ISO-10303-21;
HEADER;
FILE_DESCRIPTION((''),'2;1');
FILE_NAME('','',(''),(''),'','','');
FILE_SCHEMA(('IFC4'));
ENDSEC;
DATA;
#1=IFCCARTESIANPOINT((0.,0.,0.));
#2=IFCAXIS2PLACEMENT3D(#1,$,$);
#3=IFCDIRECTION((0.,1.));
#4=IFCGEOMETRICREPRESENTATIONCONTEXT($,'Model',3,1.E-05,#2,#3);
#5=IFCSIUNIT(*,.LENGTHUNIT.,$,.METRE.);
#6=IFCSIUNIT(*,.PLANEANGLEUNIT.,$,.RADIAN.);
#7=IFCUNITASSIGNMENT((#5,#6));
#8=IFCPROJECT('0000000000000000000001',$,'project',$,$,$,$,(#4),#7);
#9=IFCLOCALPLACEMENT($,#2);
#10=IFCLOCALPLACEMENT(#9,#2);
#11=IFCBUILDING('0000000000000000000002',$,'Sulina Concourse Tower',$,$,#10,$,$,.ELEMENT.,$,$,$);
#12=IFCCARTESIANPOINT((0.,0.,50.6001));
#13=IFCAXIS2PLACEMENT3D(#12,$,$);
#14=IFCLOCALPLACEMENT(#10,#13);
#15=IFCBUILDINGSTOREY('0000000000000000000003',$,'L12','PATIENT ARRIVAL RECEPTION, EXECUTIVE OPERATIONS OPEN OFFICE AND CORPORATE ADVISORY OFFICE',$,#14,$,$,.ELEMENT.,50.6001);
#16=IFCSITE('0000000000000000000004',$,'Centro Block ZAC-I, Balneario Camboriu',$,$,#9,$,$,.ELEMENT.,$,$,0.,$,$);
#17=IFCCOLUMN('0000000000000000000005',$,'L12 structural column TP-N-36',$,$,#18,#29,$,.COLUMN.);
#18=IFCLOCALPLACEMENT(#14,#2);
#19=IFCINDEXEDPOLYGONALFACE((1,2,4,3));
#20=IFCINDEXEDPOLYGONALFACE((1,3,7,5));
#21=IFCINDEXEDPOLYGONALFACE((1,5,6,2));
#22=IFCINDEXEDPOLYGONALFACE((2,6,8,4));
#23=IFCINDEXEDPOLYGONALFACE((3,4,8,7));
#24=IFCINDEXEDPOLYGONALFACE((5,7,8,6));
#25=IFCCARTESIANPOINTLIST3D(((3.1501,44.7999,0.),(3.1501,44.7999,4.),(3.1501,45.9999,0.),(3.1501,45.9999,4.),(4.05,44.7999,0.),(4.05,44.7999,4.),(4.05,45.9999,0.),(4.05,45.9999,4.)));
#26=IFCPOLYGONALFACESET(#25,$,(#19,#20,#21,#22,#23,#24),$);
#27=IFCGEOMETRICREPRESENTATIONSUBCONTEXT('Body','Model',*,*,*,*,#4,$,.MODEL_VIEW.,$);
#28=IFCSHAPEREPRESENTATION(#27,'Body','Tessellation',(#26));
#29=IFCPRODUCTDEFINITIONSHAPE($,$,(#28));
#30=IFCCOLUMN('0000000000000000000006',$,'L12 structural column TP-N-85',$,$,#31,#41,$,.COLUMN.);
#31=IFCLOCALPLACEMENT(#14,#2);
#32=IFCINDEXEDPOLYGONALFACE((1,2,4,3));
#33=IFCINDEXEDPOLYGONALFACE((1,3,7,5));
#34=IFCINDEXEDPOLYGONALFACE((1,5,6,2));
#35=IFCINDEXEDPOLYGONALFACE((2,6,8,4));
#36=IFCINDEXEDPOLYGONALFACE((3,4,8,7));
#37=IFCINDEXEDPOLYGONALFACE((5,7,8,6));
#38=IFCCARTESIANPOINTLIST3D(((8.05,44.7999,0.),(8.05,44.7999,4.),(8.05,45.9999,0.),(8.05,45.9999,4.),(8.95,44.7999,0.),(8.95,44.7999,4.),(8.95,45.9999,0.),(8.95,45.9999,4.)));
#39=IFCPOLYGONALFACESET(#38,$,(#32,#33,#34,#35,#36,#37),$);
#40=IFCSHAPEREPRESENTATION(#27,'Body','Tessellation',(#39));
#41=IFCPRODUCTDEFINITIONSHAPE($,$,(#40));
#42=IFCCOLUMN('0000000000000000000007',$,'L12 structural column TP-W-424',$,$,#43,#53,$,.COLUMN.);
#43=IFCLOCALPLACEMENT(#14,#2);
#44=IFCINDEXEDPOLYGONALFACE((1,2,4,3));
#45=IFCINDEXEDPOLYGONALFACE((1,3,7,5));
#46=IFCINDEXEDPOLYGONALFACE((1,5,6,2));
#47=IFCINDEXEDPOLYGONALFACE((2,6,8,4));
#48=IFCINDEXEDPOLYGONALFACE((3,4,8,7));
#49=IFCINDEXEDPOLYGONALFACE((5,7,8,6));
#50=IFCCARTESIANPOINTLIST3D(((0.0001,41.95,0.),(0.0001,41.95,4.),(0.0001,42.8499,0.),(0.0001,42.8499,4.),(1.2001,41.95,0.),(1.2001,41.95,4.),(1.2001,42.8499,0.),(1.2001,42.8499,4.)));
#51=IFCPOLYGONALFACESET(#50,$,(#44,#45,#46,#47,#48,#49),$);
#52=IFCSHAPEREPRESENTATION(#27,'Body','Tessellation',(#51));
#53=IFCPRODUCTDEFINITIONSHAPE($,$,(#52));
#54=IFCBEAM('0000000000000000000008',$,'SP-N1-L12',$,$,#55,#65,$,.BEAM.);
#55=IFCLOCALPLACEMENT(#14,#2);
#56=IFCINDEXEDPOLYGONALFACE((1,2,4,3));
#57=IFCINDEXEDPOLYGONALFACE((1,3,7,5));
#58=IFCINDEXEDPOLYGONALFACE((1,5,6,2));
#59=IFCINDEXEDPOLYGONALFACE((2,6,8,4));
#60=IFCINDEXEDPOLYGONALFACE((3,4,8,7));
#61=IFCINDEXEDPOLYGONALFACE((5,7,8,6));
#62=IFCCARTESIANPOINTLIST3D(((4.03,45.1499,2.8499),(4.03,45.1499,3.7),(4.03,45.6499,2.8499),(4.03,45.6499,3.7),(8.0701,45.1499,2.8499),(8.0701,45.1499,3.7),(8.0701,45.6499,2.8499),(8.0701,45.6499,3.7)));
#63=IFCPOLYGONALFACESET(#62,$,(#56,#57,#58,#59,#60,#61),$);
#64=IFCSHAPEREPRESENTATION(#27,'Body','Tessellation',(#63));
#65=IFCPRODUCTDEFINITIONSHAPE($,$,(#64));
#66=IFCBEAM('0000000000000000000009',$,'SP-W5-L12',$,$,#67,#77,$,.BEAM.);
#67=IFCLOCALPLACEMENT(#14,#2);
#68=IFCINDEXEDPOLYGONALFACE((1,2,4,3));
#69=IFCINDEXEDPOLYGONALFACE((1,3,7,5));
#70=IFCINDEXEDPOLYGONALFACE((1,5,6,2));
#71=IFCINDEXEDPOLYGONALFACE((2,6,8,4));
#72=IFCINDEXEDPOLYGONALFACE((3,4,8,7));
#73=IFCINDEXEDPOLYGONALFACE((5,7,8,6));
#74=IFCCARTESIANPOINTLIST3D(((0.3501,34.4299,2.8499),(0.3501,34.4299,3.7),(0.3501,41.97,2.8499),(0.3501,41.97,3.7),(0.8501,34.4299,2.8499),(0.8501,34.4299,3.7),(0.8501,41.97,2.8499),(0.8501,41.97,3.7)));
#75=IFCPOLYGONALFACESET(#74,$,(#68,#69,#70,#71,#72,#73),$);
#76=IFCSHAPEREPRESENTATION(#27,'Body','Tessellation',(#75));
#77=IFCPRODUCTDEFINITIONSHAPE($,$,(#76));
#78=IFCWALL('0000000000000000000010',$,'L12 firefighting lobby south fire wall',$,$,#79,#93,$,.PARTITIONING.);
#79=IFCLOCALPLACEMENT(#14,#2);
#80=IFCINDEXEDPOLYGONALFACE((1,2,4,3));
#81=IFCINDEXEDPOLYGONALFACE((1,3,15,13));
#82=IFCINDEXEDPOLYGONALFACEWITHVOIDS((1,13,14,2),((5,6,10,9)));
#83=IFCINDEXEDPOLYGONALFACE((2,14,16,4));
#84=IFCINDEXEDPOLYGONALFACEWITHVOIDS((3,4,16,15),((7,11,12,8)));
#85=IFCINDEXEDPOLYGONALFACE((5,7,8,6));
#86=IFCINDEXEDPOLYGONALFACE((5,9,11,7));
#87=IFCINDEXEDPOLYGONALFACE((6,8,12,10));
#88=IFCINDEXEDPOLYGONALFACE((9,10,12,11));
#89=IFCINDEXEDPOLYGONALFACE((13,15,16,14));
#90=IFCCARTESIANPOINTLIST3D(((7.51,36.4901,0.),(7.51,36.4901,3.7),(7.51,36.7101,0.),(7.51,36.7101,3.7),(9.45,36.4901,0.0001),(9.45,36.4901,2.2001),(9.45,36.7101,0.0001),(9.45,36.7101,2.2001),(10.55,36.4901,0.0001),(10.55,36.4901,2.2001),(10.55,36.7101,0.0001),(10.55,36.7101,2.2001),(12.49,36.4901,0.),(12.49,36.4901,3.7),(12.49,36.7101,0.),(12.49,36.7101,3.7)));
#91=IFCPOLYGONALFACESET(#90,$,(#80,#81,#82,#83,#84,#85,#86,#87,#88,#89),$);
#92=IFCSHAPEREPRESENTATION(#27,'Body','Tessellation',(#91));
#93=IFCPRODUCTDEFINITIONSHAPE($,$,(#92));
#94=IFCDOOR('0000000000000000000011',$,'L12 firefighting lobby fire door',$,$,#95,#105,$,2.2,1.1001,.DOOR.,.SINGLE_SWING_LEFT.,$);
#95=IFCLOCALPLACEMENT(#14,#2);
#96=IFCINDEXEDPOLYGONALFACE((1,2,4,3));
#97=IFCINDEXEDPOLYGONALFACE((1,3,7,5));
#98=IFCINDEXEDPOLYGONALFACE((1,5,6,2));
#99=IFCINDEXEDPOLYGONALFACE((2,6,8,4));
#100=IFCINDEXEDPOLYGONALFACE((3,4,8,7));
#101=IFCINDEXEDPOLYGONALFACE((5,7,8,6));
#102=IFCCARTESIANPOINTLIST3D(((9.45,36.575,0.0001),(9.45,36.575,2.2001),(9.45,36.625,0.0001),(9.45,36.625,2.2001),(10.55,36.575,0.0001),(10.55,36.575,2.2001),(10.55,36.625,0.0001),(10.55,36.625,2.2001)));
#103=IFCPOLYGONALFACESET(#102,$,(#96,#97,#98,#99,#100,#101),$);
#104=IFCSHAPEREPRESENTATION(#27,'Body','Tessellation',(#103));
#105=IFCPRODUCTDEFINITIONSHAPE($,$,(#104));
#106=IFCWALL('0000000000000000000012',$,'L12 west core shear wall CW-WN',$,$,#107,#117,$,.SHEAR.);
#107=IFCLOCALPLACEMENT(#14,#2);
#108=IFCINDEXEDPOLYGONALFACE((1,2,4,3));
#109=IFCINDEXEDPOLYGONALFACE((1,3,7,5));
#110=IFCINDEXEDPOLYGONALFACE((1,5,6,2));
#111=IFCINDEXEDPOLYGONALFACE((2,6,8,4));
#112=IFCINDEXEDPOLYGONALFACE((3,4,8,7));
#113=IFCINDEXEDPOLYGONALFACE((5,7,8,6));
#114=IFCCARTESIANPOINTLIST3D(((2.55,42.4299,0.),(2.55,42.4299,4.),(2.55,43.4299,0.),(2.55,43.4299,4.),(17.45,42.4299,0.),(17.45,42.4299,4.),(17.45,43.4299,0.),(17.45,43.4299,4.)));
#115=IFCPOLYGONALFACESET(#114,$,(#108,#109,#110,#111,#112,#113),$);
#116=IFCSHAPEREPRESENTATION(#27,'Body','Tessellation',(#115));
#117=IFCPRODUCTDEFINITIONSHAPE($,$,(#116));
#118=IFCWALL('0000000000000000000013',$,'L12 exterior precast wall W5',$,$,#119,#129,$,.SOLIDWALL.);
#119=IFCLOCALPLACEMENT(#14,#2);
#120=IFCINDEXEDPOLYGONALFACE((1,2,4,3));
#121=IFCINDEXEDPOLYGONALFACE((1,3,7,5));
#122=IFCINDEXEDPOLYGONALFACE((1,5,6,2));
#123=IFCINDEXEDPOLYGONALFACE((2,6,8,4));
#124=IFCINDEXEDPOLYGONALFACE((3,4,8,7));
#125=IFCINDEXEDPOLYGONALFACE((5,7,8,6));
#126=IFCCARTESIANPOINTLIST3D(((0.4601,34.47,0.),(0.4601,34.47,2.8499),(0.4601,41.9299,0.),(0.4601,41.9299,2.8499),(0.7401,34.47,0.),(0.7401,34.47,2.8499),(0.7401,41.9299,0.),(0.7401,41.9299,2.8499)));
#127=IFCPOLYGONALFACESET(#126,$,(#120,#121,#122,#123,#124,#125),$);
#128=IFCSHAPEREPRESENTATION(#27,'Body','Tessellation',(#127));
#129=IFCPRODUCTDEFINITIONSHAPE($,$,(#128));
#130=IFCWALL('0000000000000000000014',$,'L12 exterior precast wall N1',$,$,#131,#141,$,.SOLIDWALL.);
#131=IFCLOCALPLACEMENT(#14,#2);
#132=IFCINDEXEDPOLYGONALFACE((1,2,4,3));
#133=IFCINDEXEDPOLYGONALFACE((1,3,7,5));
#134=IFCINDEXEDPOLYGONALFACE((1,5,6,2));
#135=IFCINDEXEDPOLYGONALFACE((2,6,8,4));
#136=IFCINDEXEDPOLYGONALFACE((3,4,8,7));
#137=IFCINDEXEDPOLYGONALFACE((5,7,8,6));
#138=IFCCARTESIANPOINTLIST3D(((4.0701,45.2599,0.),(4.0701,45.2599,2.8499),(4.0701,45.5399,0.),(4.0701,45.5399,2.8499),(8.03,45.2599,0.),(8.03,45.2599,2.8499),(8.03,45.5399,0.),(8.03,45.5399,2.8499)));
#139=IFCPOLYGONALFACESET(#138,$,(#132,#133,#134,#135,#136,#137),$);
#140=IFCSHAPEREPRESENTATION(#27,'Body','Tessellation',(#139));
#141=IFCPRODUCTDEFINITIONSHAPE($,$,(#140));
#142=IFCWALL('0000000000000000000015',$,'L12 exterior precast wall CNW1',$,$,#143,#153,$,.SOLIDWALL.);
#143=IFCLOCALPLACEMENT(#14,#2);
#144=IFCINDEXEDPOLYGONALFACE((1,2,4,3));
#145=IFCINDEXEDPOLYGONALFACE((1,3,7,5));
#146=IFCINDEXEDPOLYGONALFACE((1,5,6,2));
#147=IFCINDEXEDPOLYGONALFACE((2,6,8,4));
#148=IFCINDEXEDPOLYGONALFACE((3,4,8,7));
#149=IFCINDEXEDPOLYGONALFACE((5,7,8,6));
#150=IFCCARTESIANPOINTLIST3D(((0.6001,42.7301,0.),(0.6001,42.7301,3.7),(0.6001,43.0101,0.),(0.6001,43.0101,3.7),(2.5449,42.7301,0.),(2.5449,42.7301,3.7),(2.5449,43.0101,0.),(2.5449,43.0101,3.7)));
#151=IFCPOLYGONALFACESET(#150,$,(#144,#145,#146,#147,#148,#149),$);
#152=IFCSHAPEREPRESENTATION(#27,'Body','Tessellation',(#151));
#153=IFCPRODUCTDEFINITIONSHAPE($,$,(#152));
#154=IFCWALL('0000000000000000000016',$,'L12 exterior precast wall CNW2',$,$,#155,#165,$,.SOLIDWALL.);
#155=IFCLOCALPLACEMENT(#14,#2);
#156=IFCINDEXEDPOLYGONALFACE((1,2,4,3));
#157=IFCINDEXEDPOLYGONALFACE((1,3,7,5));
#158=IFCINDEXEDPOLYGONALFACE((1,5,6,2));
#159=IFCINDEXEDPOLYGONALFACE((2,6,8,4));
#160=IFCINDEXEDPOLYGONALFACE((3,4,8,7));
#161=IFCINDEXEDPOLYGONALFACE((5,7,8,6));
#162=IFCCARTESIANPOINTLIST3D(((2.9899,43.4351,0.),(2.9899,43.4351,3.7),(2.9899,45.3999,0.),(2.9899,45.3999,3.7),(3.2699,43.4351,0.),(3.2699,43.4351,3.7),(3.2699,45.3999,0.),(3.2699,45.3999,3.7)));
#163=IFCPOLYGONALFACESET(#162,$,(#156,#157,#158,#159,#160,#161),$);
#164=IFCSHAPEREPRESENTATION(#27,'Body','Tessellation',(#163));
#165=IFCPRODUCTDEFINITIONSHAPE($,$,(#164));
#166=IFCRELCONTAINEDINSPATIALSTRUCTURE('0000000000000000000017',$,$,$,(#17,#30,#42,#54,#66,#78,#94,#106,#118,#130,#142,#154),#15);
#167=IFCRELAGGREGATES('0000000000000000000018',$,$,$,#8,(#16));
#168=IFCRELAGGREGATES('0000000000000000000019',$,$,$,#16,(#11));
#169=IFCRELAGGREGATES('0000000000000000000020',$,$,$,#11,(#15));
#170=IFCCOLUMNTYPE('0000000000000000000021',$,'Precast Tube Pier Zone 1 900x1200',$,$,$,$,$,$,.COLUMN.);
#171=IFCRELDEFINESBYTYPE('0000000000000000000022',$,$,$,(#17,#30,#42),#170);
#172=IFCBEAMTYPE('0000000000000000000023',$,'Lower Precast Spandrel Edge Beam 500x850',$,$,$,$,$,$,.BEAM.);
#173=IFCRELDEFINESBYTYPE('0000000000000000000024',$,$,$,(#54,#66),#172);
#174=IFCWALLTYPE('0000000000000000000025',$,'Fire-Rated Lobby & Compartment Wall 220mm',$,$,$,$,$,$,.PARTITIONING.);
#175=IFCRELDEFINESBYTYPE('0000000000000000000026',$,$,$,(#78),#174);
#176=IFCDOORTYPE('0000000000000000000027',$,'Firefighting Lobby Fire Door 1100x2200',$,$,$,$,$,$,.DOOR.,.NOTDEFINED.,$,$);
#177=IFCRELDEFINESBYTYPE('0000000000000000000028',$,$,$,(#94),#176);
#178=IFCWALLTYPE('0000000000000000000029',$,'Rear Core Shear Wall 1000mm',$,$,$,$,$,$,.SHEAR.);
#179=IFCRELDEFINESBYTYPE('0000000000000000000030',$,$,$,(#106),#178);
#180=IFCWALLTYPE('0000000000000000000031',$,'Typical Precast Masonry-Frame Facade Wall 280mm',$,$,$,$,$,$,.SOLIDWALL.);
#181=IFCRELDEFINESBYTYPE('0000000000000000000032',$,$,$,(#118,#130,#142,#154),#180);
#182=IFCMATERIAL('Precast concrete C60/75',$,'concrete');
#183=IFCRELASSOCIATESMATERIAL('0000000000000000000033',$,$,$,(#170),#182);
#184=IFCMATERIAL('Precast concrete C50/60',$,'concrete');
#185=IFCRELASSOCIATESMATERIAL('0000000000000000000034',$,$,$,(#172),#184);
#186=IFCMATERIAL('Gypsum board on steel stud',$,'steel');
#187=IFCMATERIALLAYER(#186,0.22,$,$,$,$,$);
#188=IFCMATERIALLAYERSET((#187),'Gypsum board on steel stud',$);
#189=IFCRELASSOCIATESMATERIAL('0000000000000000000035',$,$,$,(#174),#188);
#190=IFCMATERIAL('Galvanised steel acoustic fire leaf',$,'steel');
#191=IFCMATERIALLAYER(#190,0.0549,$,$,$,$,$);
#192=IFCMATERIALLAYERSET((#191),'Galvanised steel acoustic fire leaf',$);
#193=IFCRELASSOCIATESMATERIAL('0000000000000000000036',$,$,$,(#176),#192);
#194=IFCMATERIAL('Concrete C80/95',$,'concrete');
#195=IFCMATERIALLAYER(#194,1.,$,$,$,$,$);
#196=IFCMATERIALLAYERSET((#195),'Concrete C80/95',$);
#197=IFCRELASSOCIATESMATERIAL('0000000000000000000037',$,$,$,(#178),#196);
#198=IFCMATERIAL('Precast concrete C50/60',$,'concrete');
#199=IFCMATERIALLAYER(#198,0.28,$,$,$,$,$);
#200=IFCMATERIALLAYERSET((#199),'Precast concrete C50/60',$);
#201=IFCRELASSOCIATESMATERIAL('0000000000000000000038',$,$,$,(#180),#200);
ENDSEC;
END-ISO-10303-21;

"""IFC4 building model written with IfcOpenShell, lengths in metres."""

from ifc_helpers import new_model, si_unit, direction, frame, frame_2d, origin, origin_2d, place, context, subcontext, project, spatial, rectangle, extrude, material, layer, layer_set, material_profile, profile_set, type_object, element, fill, save


model = new_model("IFC4")

# Units and contexts
model_context = context("Model", 3, precision=1e-05, world=origin(), true_north=direction((0.0, 1.0)))
body_context = subcontext(model_context, "Body", "Model", "MODEL_VIEW")
ifc_project = project(units=[si_unit("LENGTHUNIT", "METRE"), si_unit("PLANEANGLEUNIT", "RADIAN")], contexts=[model_context])

# Site, building, storey
site_placement = place(None, origin())
site = spatial("IfcSite", under=ifc_project, at=site_placement, Name="Centro Block ZAC-I, Balneario Camboriu", CompositionType="ELEMENT", RefElevation=0.0)
building_placement = place(site_placement, origin())
building = spatial("IfcBuilding", under=site, at=building_placement, Name="Sulina Concourse Tower", CompositionType="ELEMENT")
storey_placement = place(building_placement, frame((0.0, 0.0, 50.6001)))
storey = spatial("IfcBuildingStorey", under=building, at=storey_placement, Name="L12", Description="PATIENT ARRIVAL RECEPTION, EXECUTIVE OPERATIONS OPEN OFFICE AND CORPORATE ADVISORY OFFICE", CompositionType="ELEMENT", Elevation=50.6001)

# Columns
ifc_material_1 = material(Name="Precast concrete C60/75", Category="concrete")
ifc_material_profile_1 = material_profile(ifc_material_1, rectangle(XDim=0.8999, YDim=1.2, at=origin_2d()), Name="PC 900x1200")
ifc_profile_set_1 = profile_set([ifc_material_profile_1], Name="Precast concrete C60/75")
column_type = type_object("IfcColumnType", Name="Precast Tube Pier Zone 1 900x1200", PredefinedType="COLUMN", material=ifc_profile_set_1)
for number, where, z_axis, x_axis, name in (
    (1, (3.6001, 45.3999, 0.0), (0.0, 0.0, 1.0), (1.0, 0.0, 0.0), "L12 structural column TP-N-36"),
    (2, (8.5, 45.3999, 0.0), (0.0, 0.0, 1.0), (1.0, 0.0, 0.0), "L12 structural column TP-N-85"),
    (3, (0.6001, 42.3999, 0.0), (0.0, 0.0, 1.0), (0.0, 1.0, 0.0), "L12 structural column TP-W-424"),
):
    element("IfcColumn", number, at=place(storey_placement, frame(where, z_axis=z_axis, x_axis=x_axis)), inside=storey, type_object=column_type, Name=name, PredefinedType="COLUMN", context=body_context, shape_type="SweptSolid", body=[
        extrude(rectangle(XDim=0.8999, YDim=1.2, at=origin_2d()), origin(), (0.0, 0.0, 1.0), 4.0),
    ])

# Beams
ifc_material_2 = material(Name="Precast concrete C50/60", Category="concrete")
ifc_material_profile_2 = material_profile(ifc_material_2, rectangle(XDim=0.5, YDim=0.8501, at=origin_2d()), Name="RC 500x850")
ifc_profile_set_2 = profile_set([ifc_material_profile_2], Name="Precast concrete C50/60")
beam_type = type_object("IfcBeamType", Name="Lower Precast Spandrel Edge Beam 500x850", PredefinedType="BEAM", material=ifc_profile_set_2)
beam_1_placement = place(storey_placement, frame((4.03, 45.3999, 3.2749), z_axis=(1.0, 0.0, 0.0), x_axis=(0.0, 1.0, 0.0)))
element("IfcBeam", 4, at=beam_1_placement, inside=storey, type_object=beam_type, Name="SP-N1-L12", PredefinedType="BEAM", context=body_context, shape_type="SweptSolid", body=[
    extrude(rectangle(XDim=0.5, YDim=0.8501, at=origin_2d()), origin(), (0.0, 0.0, 1.0), 4.04),
])
beam_2_placement = place(storey_placement, frame((0.6001, 34.4299, 3.2749), z_axis=(0.0, 1.0, 0.0), x_axis=(-1.0, 0.0, 0.0)))
element("IfcBeam", 5, at=beam_2_placement, inside=storey, type_object=beam_type, Name="SP-W5-L12", PredefinedType="BEAM", context=body_context, shape_type="SweptSolid", body=[
    extrude(rectangle(XDim=0.5, YDim=0.8501, at=origin_2d()), origin(), (0.0, 0.0, 1.0), 7.54),
])

# Wall, opening, door
ifc_material_3 = material(Name="Gypsum board on steel stud", Category="steel")
ifc_layer_1 = layer(ifc_material_3, 0.22)
ifc_layer_set_1 = layer_set([ifc_layer_1], Name="Gypsum board on steel stud")
wall_type_1 = type_object("IfcWallType", Name="Fire-Rated Lobby & Compartment Wall 220mm", PredefinedType="PARTITIONING", material=ifc_layer_set_1)
wall_1_placement = place(storey_placement, frame((7.51, 36.6001, 0.0), z_axis=(0.0, 0.0, 1.0), x_axis=(1.0, 0.0, 0.0)))
wall_1 = element("IfcWall", 6, at=wall_1_placement, inside=storey, type_object=wall_type_1, Name="L12 firefighting lobby south fire wall", PredefinedType="PARTITIONING", context=body_context, shape_type="SweptSolid", body=[
    extrude(rectangle(XDim=4.98, YDim=0.22, at=frame_2d((2.49, 0.0))), origin(), (0.0, 0.0, 1.0), 3.7),
])
opening_placement = place(wall_1_placement, frame((1.9399, 0.0, 0.0)))
opening = element("IfcOpeningElement", 7, at=opening_placement, cuts=wall_1, PredefinedType="OPENING", context=body_context, shape_type="SweptSolid", body=[
    extrude(rectangle(XDim=1.1001, YDim=2.2, at=frame_2d((0.55, 1.1001))), frame((0.0, 0.1199, 0.0), z_axis=(0.0, -1.0, 0.0), x_axis=(1.0, 0.0, 0.0)), (0.0, 0.0, 1.0), 0.24),
])
ifc_material_4 = material(Name="Galvanised steel acoustic fire leaf", Category="steel")
ifc_layer_2 = layer(ifc_material_4, 0.0549)
ifc_layer_set_2 = layer_set([ifc_layer_2], Name="Galvanised steel acoustic fire leaf")
door_type = type_object("IfcDoorType", Name="Firefighting Lobby Fire Door 1100x2200", OperationType="NOTDEFINED", PredefinedType="DOOR", material=ifc_layer_set_2)
door_placement = place(opening_placement, origin())
door = element("IfcDoor", 8, at=door_placement, inside=storey, type_object=door_type, Name="L12 firefighting lobby fire door", OperationType="SINGLE_SWING_LEFT", OverallHeight=2.2, OverallWidth=1.1001, PredefinedType="DOOR", context=body_context, shape_type="SweptSolid", body=[
    extrude(rectangle(XDim=1.1001, YDim=2.2, at=frame_2d((0.55, 1.1001))), frame((0.0, 0.0249, 0.0), z_axis=(0.0, -1.0, 0.0), x_axis=(1.0, 0.0, 0.0)), (0.0, 0.0, 1.0), 0.05),
])
fill(opening, door)

# Walls
ifc_material_5 = material(Name="Concrete C80/95", Category="concrete")
ifc_layer_3 = layer(ifc_material_5, 1.0)
ifc_layer_set_3 = layer_set([ifc_layer_3], Name="Concrete C80/95")
wall_type_2 = type_object("IfcWallType", Name="Rear Core Shear Wall 1000mm", PredefinedType="SHEAR", material=ifc_layer_set_3)
wall_2_placement = place(storey_placement, frame((2.55, 42.9299, 0.0), z_axis=(0.0, 0.0, 1.0), x_axis=(1.0, 0.0, 0.0)))
element("IfcWall", 9, at=wall_2_placement, inside=storey, type_object=wall_type_2, Name="L12 west core shear wall CW-WN", PredefinedType="SHEAR", context=body_context, shape_type="SweptSolid", body=[
    extrude(rectangle(XDim=14.8999, YDim=1.0, at=frame_2d((7.45, 0.0))), origin(), (0.0, 0.0, 1.0), 4.0),
])
ifc_material_6 = material(Name="Precast concrete C50/60", Category="concrete")
ifc_layer_4 = layer(ifc_material_6, 0.28)
ifc_layer_set_4 = layer_set([ifc_layer_4], Name="Precast concrete C50/60")
wall_type_3 = type_object("IfcWallType", Name="Typical Precast Masonry-Frame Facade Wall 280mm", PredefinedType="SOLIDWALL", material=ifc_layer_set_4)
wall_3_placement = place(storey_placement, frame((0.6001, 34.47, 0.0), z_axis=(0.0, 0.0, 1.0), x_axis=(0.0, 1.0, 0.0)))
element("IfcWall", 10, at=wall_3_placement, inside=storey, type_object=wall_type_3, Name="L12 exterior precast wall W5", PredefinedType="SOLIDWALL", context=body_context, shape_type="SweptSolid", body=[
    extrude(rectangle(XDim=7.46, YDim=0.28, at=frame_2d((3.73, 0.0))), origin(), (0.0, 0.0, 1.0), 2.8499),
])
wall_4_placement = place(storey_placement, frame((4.0701, 45.3999, 0.0), z_axis=(0.0, 0.0, 1.0), x_axis=(1.0, 0.0, 0.0)))
element("IfcWall", 11, at=wall_4_placement, inside=storey, type_object=wall_type_3, Name="L12 exterior precast wall N1", PredefinedType="SOLIDWALL", context=body_context, shape_type="SweptSolid", body=[
    extrude(rectangle(XDim=3.96, YDim=0.28, at=frame_2d((1.98, 0.0))), origin(), (0.0, 0.0, 1.0), 2.8499),
])
wall_5_placement = place(storey_placement, frame((0.6001, 42.8701, 0.0), z_axis=(0.0, 0.0, 1.0), x_axis=(1.0, 0.0, 0.0)))
element("IfcWall", 12, at=wall_5_placement, inside=storey, type_object=wall_type_3, Name="L12 exterior precast wall CNW1", PredefinedType="SOLIDWALL", context=body_context, shape_type="SweptSolid", body=[
    extrude(rectangle(XDim=1.9448, YDim=0.28, at=frame_2d((0.9724, 0.0))), origin(), (0.0, 0.0, 1.0), 3.7),
])
wall_6_placement = place(storey_placement, frame((3.1299, 43.4351, 0.0), z_axis=(0.0, 0.0, 1.0), x_axis=(0.0, 1.0, 0.0)))
element("IfcWall", 13, at=wall_6_placement, inside=storey, type_object=wall_type_3, Name="L12 exterior precast wall CNW2", PredefinedType="SOLIDWALL", context=body_context, shape_type="SweptSolid", body=[
    extrude(rectangle(XDim=1.9648, YDim=0.28, at=frame_2d((0.9824, 0.0))), origin(), (0.0, 0.0, 1.0), 3.7),
])

save(model, "model.ifc")
